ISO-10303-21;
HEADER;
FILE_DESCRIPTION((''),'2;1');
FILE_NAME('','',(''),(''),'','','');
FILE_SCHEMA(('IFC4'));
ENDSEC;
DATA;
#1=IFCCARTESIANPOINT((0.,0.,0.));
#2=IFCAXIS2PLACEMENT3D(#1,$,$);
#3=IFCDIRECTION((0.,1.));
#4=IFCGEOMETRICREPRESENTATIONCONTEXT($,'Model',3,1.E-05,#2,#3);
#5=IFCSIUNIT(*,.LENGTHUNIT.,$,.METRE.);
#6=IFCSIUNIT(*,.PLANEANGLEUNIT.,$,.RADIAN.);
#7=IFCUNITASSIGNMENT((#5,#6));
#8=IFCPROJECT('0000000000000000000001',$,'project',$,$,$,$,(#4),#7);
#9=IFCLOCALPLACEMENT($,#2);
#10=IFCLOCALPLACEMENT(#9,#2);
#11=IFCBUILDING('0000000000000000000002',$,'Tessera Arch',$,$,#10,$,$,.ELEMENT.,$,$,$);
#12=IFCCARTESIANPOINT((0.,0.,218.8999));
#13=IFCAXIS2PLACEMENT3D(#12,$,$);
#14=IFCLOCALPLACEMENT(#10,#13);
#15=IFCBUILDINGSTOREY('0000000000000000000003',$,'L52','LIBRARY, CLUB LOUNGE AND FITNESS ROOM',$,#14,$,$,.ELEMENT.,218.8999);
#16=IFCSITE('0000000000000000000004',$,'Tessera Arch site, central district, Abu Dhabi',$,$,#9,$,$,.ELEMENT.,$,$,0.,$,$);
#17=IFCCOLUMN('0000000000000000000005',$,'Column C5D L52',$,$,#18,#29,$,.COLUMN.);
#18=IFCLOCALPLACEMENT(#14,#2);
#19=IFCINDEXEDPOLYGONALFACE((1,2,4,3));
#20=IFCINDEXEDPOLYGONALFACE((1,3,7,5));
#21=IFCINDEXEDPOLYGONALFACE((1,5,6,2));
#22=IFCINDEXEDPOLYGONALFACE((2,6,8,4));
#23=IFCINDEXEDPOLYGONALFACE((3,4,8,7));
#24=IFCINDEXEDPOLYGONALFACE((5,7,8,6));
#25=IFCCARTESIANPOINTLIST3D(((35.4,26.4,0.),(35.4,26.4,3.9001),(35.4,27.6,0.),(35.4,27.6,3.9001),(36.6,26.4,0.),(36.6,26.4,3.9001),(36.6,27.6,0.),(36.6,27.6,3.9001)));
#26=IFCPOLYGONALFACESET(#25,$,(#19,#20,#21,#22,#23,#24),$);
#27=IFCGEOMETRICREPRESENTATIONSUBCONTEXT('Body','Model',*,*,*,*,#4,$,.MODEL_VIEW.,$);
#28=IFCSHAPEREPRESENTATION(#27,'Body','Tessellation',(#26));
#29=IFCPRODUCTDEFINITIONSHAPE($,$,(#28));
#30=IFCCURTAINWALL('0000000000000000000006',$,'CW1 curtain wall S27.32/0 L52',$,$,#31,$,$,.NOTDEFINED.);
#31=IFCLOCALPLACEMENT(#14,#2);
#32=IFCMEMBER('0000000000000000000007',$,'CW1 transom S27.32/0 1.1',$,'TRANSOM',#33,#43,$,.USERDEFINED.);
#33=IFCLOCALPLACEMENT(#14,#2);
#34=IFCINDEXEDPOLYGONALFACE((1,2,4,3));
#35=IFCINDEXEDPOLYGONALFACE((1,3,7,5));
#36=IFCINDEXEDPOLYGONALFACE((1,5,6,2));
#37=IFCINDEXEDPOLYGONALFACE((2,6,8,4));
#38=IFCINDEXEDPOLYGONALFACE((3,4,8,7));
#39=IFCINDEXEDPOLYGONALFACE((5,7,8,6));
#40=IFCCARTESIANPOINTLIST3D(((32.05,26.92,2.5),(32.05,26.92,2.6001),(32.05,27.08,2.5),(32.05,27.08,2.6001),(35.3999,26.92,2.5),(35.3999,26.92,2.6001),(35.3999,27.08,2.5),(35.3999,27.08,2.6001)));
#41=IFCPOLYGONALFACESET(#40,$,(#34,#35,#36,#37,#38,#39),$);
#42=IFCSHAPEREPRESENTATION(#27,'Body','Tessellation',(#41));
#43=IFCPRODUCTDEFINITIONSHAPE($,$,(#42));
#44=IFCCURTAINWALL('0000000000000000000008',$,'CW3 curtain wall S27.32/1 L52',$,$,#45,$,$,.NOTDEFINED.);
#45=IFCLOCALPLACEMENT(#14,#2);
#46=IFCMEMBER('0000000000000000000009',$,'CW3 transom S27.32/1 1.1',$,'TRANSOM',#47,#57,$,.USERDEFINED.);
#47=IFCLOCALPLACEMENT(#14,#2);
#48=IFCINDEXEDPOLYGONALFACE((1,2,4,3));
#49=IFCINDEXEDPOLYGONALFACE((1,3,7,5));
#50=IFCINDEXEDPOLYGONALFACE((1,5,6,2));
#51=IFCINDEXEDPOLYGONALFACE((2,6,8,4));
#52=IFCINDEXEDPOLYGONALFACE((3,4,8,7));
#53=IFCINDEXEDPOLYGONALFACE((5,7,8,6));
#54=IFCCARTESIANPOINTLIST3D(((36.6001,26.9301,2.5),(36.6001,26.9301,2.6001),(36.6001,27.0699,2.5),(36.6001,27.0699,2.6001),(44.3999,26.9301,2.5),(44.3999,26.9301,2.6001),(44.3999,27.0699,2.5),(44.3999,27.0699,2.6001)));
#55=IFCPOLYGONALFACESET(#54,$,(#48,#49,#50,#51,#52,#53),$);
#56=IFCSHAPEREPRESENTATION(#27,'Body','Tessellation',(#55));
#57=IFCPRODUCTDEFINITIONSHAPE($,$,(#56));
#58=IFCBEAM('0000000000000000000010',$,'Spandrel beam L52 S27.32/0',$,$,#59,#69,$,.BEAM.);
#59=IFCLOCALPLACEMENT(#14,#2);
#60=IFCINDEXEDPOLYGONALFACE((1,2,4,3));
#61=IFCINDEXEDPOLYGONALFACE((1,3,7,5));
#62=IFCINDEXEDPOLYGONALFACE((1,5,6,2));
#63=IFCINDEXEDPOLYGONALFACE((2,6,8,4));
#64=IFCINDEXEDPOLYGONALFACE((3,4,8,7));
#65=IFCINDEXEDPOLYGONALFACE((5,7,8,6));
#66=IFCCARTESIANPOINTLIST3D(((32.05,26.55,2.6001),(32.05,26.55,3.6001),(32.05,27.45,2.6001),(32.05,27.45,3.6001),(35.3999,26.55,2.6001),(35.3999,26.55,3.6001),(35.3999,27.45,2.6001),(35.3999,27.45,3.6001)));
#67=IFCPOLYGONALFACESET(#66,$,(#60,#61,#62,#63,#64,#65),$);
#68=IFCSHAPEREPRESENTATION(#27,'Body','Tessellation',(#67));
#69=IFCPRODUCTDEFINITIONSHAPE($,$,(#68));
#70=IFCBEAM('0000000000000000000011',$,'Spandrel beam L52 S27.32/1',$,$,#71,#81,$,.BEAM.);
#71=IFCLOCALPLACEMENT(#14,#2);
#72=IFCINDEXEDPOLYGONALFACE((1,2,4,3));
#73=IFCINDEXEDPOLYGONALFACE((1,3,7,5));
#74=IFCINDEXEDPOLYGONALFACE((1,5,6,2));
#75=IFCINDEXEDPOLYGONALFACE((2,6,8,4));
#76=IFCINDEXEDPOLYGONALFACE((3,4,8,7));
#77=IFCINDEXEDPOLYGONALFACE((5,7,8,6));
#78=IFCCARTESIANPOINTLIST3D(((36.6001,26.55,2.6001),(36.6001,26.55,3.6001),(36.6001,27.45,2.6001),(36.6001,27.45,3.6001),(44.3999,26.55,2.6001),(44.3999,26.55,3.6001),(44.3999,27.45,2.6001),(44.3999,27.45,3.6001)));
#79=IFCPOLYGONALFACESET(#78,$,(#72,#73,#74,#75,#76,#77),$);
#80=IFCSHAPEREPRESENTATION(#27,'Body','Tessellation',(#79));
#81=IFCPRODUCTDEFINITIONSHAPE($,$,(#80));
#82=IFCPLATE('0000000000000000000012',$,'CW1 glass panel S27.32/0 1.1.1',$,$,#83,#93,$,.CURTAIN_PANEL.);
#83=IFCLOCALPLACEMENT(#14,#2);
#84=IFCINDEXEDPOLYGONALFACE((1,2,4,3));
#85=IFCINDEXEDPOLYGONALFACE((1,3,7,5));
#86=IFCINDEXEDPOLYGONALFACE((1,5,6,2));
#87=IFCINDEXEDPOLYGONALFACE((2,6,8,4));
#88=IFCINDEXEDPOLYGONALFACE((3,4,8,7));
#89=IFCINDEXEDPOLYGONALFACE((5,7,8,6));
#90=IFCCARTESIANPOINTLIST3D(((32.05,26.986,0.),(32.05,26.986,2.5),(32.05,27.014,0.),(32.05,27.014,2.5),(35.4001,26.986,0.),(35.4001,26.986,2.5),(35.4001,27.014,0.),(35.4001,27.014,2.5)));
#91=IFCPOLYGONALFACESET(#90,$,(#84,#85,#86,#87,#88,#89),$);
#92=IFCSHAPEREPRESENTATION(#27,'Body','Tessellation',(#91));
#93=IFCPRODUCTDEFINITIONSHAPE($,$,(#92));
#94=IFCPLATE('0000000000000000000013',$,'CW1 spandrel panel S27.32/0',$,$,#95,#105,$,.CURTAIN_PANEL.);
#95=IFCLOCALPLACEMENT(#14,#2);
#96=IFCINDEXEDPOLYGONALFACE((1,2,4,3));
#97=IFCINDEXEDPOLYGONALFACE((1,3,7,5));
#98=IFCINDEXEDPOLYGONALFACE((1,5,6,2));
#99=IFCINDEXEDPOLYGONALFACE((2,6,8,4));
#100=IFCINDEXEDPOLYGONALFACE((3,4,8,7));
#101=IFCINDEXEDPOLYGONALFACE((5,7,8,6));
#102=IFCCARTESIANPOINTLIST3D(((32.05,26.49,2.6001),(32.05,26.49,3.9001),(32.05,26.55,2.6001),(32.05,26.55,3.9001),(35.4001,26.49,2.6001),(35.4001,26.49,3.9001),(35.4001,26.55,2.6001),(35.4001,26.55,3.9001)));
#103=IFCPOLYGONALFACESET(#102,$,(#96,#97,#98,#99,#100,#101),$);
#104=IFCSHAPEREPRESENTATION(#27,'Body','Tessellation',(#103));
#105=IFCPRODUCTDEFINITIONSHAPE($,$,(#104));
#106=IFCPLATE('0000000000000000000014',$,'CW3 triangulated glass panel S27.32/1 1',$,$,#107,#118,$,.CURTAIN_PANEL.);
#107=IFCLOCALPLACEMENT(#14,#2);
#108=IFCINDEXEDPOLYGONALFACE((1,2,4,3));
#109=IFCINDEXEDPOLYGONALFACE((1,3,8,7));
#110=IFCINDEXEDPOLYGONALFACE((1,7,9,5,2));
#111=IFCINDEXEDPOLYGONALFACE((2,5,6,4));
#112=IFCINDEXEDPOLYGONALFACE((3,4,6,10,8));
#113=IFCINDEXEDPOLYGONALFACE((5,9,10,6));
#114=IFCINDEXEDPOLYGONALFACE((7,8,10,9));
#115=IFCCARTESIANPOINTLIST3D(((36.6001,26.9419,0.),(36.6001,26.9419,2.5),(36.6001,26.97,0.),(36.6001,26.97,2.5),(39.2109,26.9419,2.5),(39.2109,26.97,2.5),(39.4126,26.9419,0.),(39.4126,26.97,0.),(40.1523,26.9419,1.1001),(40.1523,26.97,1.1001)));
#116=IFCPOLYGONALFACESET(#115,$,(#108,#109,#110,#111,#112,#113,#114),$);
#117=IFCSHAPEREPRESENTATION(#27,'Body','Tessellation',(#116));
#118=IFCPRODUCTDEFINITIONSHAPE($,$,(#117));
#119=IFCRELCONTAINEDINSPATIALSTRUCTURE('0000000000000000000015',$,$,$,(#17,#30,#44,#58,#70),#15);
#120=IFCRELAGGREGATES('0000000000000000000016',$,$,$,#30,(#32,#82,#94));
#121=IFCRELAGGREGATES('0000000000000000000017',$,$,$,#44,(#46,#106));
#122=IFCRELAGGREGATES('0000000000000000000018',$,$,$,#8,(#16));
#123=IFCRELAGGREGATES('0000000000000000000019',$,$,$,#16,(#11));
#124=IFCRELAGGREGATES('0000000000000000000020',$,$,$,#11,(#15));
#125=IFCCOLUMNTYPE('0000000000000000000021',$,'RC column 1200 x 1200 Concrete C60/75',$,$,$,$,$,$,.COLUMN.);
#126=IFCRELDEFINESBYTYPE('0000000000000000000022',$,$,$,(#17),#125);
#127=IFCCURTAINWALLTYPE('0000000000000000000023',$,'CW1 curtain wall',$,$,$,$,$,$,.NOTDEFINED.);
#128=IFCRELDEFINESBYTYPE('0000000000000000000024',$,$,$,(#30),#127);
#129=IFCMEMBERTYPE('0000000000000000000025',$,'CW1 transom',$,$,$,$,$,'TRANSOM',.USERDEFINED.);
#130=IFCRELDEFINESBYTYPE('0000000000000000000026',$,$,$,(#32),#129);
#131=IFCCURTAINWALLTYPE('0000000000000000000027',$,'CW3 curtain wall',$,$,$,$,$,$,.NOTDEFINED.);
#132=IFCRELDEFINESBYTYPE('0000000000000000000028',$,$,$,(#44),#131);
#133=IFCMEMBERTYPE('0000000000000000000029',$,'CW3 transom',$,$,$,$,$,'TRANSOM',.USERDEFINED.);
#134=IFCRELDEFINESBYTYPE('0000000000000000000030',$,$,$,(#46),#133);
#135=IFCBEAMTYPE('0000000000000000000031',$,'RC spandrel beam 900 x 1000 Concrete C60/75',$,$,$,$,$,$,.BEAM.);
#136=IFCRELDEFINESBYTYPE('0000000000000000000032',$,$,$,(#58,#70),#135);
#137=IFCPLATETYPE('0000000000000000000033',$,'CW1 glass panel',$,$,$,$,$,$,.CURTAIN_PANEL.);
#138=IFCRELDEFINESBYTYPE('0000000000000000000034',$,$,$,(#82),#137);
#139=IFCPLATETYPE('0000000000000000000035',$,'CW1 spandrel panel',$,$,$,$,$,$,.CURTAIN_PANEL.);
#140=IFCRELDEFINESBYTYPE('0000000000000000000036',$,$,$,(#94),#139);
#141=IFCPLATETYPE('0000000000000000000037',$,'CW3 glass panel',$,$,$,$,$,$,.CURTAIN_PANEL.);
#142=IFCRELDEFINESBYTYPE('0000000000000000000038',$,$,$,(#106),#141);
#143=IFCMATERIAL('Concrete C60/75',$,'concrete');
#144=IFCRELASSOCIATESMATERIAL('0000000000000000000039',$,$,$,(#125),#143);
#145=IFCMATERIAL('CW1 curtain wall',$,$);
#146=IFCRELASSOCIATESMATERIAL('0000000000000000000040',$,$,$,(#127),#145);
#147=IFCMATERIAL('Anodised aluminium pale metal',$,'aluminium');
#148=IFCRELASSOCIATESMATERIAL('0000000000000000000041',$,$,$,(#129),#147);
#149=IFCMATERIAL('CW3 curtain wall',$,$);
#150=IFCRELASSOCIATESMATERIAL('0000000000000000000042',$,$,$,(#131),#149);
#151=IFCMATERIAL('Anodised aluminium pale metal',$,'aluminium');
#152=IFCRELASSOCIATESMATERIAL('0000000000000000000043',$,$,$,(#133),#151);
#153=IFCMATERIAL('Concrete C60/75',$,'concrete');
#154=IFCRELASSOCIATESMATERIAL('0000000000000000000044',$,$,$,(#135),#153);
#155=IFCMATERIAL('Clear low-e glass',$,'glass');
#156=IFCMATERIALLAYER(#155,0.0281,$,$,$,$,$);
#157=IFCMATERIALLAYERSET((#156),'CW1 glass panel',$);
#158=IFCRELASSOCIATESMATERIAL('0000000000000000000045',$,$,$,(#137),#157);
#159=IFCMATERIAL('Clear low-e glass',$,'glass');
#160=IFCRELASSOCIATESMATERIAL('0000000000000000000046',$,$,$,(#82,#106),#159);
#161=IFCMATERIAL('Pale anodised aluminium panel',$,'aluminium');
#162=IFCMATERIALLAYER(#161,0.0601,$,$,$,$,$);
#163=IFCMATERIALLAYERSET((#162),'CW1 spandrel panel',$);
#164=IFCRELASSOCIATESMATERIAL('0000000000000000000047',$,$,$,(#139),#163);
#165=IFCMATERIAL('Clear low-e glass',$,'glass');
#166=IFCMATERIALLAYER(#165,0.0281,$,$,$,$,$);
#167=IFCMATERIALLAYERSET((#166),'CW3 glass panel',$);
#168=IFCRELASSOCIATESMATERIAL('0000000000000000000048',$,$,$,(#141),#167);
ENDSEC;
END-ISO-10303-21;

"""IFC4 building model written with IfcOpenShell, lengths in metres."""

from ifc_helpers import new_model, si_unit, direction, frame, origin, origin_2d, place, context, subcontext, project, spatial, polyline, rectangle, outline, extrude, material, layer, layer_set, material_profile, profile_set, type_object, element, aggregate, save


model = new_model("IFC4")

# Units and contexts
model_context = context("Model", 3, precision=1e-05, world=origin(), true_north=direction((0.0, 1.0)))
body_context = subcontext(model_context, "Body", "Model", "MODEL_VIEW")
ifc_project = project(units=[si_unit("LENGTHUNIT", "METRE"), si_unit("PLANEANGLEUNIT", "RADIAN")], contexts=[model_context])

# Site, building, storey
site_placement = place(None, origin())
site = spatial("IfcSite", under=ifc_project, at=site_placement, Name="Tessera Arch site, central district, Abu Dhabi", CompositionType="ELEMENT", RefElevation=0.0)
building_placement = place(site_placement, origin())
building = spatial("IfcBuilding", under=site, at=building_placement, Name="Tessera Arch", CompositionType="ELEMENT")
storey_placement = place(building_placement, frame((0.0, 0.0, 218.8999)))
storey = spatial("IfcBuildingStorey", under=building, at=storey_placement, Name="L52", Description="LIBRARY, CLUB LOUNGE AND FITNESS ROOM", CompositionType="ELEMENT", Elevation=218.8999)

# Column
ifc_material_1 = material(Name="Concrete C60/75", Category="concrete")
ifc_material_profile_1 = material_profile(ifc_material_1, rectangle(XDim=1.2, YDim=1.2, at=origin_2d()), Name="RC column 1200 x 1200 Concrete C60/75")
ifc_profile_set_1 = profile_set([ifc_material_profile_1], Name="Concrete C60/75")
column_type = type_object("IfcColumnType", Name="RC column 1200 x 1200 Concrete C60/75", PredefinedType="COLUMN", material=ifc_profile_set_1)
column_placement = place(storey_placement, frame((36.0, 27.0, 0.0), z_axis=(0.0, 0.0, 1.0), x_axis=(1.0, 0.0, 0.0)))
element("IfcColumn", 1, at=column_placement, inside=storey, type_object=column_type, Name="Column C5D L52", PredefinedType="COLUMN", context=body_context, shape_type="SweptSolid", body=[
    extrude(rectangle(XDim=1.2, YDim=1.2, at=origin_2d()), origin(), (0.0, 0.0, 1.0), 3.9001),
])

# Curtain walls, members
ifc_material_2 = material(Name="CW1 curtain wall")
curtain_wall_type_1 = type_object("IfcCurtainWallType", Name="CW1 curtain wall", PredefinedType="NOTDEFINED", material=ifc_material_2)
curtain_wall_1_placement = place(storey_placement, origin())
curtain_wall_1 = element("IfcCurtainWall", 2, at=curtain_wall_1_placement, inside=storey, type_object=curtain_wall_type_1, Name="CW1 curtain wall S27.32/0 L52", PredefinedType="NOTDEFINED")
ifc_material_3 = material(Name="Anodised aluminium pale metal", Category="aluminium")
ifc_material_profile_2 = material_profile(ifc_material_3, rectangle(XDim=0.1599, YDim=0.1001, at=origin_2d()), Name="AL 160x100")
ifc_profile_set_2 = profile_set([ifc_material_profile_2], Name="Anodised aluminium pale metal")
member_type_1 = type_object("IfcMemberType", Name="CW1 transom", ElementType="TRANSOM", PredefinedType="USERDEFINED", material=ifc_profile_set_2)
member_1_placement = place(storey_placement, frame((32.05, 27.0, 2.55), z_axis=(1.0, 0.0, 0.0), x_axis=(0.0, 1.0, 0.0)))
member_1 = element("IfcMember", 3, at=member_1_placement, type_object=member_type_1, Name="CW1 transom S27.32/0 1.1", ObjectType="TRANSOM", PredefinedType="USERDEFINED", context=body_context, shape_type="SweptSolid", body=[
    extrude(rectangle(XDim=0.1599, YDim=0.1001, at=origin_2d()), origin(), (0.0, 0.0, 1.0), 3.3499),
])
ifc_material_4 = material(Name="CW3 curtain wall")
curtain_wall_type_2 = type_object("IfcCurtainWallType", Name="CW3 curtain wall", PredefinedType="NOTDEFINED", material=ifc_material_4)
curtain_wall_2_placement = place(storey_placement, origin())
curtain_wall_2 = element("IfcCurtainWall", 4, at=curtain_wall_2_placement, inside=storey, type_object=curtain_wall_type_2, Name="CW3 curtain wall S27.32/1 L52", PredefinedType="NOTDEFINED")
ifc_material_5 = material(Name="Anodised aluminium pale metal", Category="aluminium")
ifc_material_profile_3 = material_profile(ifc_material_5, rectangle(XDim=0.1399, YDim=0.1001, at=origin_2d()), Name="AL 140x100")
ifc_profile_set_3 = profile_set([ifc_material_profile_3], Name="Anodised aluminium pale metal")
member_type_2 = type_object("IfcMemberType", Name="CW3 transom", ElementType="TRANSOM", PredefinedType="USERDEFINED", material=ifc_profile_set_3)
member_2_placement = place(storey_placement, frame((36.6001, 27.0, 2.55), z_axis=(1.0, 0.0, 0.0), x_axis=(0.0, 1.0, 0.0)))
member_2 = element("IfcMember", 5, at=member_2_placement, type_object=member_type_2, Name="CW3 transom S27.32/1 1.1", ObjectType="TRANSOM", PredefinedType="USERDEFINED", context=body_context, shape_type="SweptSolid", body=[
    extrude(rectangle(XDim=0.1399, YDim=0.1001, at=origin_2d()), origin(), (0.0, 0.0, 1.0), 7.7998),
])

# Beams
ifc_material_6 = material(Name="Concrete C60/75", Category="concrete")
ifc_material_profile_4 = material_profile(ifc_material_6, rectangle(XDim=0.8999, YDim=1.0, at=origin_2d()), Name="RC spandrel beam 900 x 1000 Concrete C60/75")
ifc_profile_set_4 = profile_set([ifc_material_profile_4], Name="Concrete C60/75")
beam_type = type_object("IfcBeamType", Name="RC spandrel beam 900 x 1000 Concrete C60/75", PredefinedType="BEAM", material=ifc_profile_set_4)
beam_1_placement = place(storey_placement, frame((32.05, 27.0, 3.1001), z_axis=(1.0, 0.0, 0.0), x_axis=(0.0, 1.0, 0.0)))
element("IfcBeam", 6, at=beam_1_placement, inside=storey, type_object=beam_type, Name="Spandrel beam L52 S27.32/0", PredefinedType="BEAM", context=body_context, shape_type="SweptSolid", body=[
    extrude(rectangle(XDim=0.8999, YDim=1.0, at=origin_2d()), origin(), (0.0, 0.0, 1.0), 3.3499),
])
beam_2_placement = place(storey_placement, frame((36.6001, 27.0, 3.1001), z_axis=(1.0, 0.0, 0.0), x_axis=(0.0, 1.0, 0.0)))
element("IfcBeam", 7, at=beam_2_placement, inside=storey, type_object=beam_type, Name="Spandrel beam L52 S27.32/1", PredefinedType="BEAM", context=body_context, shape_type="SweptSolid", body=[
    extrude(rectangle(XDim=0.8999, YDim=1.0, at=origin_2d()), origin(), (0.0, 0.0, 1.0), 7.7998),
])

# Plates
ifc_material_7 = material(Name="Clear low-e glass", Category="glass")
ifc_material_8 = material(Name="Clear low-e glass", Category="glass")
ifc_layer_1 = layer(ifc_material_8, 0.0281)
ifc_layer_set_1 = layer_set([ifc_layer_1], Name="CW1 glass panel")
plate_type_1 = type_object("IfcPlateType", Name="CW1 glass panel", PredefinedType="CURTAIN_PANEL", material=ifc_layer_set_1)
plate_1_placement = place(storey_placement, frame((33.7251, 27.0, 0.0), z_axis=(0.0, 0.0, 1.0), x_axis=(1.0, 0.0, 0.0)))
plate_1 = element("IfcPlate", 8, at=plate_1_placement, type_object=plate_type_1, material=ifc_material_7, Name="CW1 glass panel S27.32/0 1.1.1", PredefinedType="CURTAIN_PANEL", context=body_context, shape_type="SweptSolid", body=[
    extrude(rectangle(XDim=3.3501, YDim=0.0281, at=origin_2d()), origin(), (0.0, 0.0, 1.0), 2.5),
])
ifc_material_9 = material(Name="Pale anodised aluminium panel", Category="aluminium")
ifc_layer_2 = layer(ifc_material_9, 0.0601)
ifc_layer_set_2 = layer_set([ifc_layer_2], Name="CW1 spandrel panel")
plate_type_2 = type_object("IfcPlateType", Name="CW1 spandrel panel", PredefinedType="CURTAIN_PANEL", material=ifc_layer_set_2)
plate_2_placement = place(storey_placement, frame((33.7251, 26.52, 2.6001), z_axis=(0.0, 0.0, 1.0), x_axis=(1.0, 0.0, 0.0)))
plate_2 = element("IfcPlate", 9, at=plate_2_placement, type_object=plate_type_2, Name="CW1 spandrel panel S27.32/0", PredefinedType="CURTAIN_PANEL", context=body_context, shape_type="SweptSolid", body=[
    extrude(rectangle(XDim=3.3501, YDim=0.0601, at=origin_2d()), origin(), (0.0, 0.0, 1.0), 1.3),
])
aggregate(curtain_wall_1, [member_1, plate_1, plate_2])
ifc_material_10 = material(Name="Clear low-e glass", Category="glass")
ifc_layer_3 = layer(ifc_material_10, 0.0281)
ifc_layer_set_3 = layer_set([ifc_layer_3], Name="CW3 glass panel")
plate_type_3 = type_object("IfcPlateType", Name="CW3 glass panel", PredefinedType="CURTAIN_PANEL", material=ifc_layer_set_3)
plate_3_placement = place(storey_placement, frame((36.6001, 26.9419, 0.0), z_axis=(0.0, -1.0, 0.0), x_axis=(1.0, 0.0, 0.0)))
plate_3 = element("IfcPlate", 10, at=plate_3_placement, type_object=plate_type_3, material=ifc_material_7, Name="CW3 triangulated glass panel S27.32/1 1", PredefinedType="CURTAIN_PANEL", context=body_context, shape_type="SweptSolid", body=[
    extrude(outline(polyline([(0.0, 0.0), (2.8125, 0.0), (3.5522, 1.1001), (2.6108, 2.5), (0.0, 2.5), (0.0, 0.0)])), origin(), (0.0, 0.0, -1.0), 0.0281),
])
aggregate(curtain_wall_2, [member_2, plate_3])

save(model, "model.ifc")
